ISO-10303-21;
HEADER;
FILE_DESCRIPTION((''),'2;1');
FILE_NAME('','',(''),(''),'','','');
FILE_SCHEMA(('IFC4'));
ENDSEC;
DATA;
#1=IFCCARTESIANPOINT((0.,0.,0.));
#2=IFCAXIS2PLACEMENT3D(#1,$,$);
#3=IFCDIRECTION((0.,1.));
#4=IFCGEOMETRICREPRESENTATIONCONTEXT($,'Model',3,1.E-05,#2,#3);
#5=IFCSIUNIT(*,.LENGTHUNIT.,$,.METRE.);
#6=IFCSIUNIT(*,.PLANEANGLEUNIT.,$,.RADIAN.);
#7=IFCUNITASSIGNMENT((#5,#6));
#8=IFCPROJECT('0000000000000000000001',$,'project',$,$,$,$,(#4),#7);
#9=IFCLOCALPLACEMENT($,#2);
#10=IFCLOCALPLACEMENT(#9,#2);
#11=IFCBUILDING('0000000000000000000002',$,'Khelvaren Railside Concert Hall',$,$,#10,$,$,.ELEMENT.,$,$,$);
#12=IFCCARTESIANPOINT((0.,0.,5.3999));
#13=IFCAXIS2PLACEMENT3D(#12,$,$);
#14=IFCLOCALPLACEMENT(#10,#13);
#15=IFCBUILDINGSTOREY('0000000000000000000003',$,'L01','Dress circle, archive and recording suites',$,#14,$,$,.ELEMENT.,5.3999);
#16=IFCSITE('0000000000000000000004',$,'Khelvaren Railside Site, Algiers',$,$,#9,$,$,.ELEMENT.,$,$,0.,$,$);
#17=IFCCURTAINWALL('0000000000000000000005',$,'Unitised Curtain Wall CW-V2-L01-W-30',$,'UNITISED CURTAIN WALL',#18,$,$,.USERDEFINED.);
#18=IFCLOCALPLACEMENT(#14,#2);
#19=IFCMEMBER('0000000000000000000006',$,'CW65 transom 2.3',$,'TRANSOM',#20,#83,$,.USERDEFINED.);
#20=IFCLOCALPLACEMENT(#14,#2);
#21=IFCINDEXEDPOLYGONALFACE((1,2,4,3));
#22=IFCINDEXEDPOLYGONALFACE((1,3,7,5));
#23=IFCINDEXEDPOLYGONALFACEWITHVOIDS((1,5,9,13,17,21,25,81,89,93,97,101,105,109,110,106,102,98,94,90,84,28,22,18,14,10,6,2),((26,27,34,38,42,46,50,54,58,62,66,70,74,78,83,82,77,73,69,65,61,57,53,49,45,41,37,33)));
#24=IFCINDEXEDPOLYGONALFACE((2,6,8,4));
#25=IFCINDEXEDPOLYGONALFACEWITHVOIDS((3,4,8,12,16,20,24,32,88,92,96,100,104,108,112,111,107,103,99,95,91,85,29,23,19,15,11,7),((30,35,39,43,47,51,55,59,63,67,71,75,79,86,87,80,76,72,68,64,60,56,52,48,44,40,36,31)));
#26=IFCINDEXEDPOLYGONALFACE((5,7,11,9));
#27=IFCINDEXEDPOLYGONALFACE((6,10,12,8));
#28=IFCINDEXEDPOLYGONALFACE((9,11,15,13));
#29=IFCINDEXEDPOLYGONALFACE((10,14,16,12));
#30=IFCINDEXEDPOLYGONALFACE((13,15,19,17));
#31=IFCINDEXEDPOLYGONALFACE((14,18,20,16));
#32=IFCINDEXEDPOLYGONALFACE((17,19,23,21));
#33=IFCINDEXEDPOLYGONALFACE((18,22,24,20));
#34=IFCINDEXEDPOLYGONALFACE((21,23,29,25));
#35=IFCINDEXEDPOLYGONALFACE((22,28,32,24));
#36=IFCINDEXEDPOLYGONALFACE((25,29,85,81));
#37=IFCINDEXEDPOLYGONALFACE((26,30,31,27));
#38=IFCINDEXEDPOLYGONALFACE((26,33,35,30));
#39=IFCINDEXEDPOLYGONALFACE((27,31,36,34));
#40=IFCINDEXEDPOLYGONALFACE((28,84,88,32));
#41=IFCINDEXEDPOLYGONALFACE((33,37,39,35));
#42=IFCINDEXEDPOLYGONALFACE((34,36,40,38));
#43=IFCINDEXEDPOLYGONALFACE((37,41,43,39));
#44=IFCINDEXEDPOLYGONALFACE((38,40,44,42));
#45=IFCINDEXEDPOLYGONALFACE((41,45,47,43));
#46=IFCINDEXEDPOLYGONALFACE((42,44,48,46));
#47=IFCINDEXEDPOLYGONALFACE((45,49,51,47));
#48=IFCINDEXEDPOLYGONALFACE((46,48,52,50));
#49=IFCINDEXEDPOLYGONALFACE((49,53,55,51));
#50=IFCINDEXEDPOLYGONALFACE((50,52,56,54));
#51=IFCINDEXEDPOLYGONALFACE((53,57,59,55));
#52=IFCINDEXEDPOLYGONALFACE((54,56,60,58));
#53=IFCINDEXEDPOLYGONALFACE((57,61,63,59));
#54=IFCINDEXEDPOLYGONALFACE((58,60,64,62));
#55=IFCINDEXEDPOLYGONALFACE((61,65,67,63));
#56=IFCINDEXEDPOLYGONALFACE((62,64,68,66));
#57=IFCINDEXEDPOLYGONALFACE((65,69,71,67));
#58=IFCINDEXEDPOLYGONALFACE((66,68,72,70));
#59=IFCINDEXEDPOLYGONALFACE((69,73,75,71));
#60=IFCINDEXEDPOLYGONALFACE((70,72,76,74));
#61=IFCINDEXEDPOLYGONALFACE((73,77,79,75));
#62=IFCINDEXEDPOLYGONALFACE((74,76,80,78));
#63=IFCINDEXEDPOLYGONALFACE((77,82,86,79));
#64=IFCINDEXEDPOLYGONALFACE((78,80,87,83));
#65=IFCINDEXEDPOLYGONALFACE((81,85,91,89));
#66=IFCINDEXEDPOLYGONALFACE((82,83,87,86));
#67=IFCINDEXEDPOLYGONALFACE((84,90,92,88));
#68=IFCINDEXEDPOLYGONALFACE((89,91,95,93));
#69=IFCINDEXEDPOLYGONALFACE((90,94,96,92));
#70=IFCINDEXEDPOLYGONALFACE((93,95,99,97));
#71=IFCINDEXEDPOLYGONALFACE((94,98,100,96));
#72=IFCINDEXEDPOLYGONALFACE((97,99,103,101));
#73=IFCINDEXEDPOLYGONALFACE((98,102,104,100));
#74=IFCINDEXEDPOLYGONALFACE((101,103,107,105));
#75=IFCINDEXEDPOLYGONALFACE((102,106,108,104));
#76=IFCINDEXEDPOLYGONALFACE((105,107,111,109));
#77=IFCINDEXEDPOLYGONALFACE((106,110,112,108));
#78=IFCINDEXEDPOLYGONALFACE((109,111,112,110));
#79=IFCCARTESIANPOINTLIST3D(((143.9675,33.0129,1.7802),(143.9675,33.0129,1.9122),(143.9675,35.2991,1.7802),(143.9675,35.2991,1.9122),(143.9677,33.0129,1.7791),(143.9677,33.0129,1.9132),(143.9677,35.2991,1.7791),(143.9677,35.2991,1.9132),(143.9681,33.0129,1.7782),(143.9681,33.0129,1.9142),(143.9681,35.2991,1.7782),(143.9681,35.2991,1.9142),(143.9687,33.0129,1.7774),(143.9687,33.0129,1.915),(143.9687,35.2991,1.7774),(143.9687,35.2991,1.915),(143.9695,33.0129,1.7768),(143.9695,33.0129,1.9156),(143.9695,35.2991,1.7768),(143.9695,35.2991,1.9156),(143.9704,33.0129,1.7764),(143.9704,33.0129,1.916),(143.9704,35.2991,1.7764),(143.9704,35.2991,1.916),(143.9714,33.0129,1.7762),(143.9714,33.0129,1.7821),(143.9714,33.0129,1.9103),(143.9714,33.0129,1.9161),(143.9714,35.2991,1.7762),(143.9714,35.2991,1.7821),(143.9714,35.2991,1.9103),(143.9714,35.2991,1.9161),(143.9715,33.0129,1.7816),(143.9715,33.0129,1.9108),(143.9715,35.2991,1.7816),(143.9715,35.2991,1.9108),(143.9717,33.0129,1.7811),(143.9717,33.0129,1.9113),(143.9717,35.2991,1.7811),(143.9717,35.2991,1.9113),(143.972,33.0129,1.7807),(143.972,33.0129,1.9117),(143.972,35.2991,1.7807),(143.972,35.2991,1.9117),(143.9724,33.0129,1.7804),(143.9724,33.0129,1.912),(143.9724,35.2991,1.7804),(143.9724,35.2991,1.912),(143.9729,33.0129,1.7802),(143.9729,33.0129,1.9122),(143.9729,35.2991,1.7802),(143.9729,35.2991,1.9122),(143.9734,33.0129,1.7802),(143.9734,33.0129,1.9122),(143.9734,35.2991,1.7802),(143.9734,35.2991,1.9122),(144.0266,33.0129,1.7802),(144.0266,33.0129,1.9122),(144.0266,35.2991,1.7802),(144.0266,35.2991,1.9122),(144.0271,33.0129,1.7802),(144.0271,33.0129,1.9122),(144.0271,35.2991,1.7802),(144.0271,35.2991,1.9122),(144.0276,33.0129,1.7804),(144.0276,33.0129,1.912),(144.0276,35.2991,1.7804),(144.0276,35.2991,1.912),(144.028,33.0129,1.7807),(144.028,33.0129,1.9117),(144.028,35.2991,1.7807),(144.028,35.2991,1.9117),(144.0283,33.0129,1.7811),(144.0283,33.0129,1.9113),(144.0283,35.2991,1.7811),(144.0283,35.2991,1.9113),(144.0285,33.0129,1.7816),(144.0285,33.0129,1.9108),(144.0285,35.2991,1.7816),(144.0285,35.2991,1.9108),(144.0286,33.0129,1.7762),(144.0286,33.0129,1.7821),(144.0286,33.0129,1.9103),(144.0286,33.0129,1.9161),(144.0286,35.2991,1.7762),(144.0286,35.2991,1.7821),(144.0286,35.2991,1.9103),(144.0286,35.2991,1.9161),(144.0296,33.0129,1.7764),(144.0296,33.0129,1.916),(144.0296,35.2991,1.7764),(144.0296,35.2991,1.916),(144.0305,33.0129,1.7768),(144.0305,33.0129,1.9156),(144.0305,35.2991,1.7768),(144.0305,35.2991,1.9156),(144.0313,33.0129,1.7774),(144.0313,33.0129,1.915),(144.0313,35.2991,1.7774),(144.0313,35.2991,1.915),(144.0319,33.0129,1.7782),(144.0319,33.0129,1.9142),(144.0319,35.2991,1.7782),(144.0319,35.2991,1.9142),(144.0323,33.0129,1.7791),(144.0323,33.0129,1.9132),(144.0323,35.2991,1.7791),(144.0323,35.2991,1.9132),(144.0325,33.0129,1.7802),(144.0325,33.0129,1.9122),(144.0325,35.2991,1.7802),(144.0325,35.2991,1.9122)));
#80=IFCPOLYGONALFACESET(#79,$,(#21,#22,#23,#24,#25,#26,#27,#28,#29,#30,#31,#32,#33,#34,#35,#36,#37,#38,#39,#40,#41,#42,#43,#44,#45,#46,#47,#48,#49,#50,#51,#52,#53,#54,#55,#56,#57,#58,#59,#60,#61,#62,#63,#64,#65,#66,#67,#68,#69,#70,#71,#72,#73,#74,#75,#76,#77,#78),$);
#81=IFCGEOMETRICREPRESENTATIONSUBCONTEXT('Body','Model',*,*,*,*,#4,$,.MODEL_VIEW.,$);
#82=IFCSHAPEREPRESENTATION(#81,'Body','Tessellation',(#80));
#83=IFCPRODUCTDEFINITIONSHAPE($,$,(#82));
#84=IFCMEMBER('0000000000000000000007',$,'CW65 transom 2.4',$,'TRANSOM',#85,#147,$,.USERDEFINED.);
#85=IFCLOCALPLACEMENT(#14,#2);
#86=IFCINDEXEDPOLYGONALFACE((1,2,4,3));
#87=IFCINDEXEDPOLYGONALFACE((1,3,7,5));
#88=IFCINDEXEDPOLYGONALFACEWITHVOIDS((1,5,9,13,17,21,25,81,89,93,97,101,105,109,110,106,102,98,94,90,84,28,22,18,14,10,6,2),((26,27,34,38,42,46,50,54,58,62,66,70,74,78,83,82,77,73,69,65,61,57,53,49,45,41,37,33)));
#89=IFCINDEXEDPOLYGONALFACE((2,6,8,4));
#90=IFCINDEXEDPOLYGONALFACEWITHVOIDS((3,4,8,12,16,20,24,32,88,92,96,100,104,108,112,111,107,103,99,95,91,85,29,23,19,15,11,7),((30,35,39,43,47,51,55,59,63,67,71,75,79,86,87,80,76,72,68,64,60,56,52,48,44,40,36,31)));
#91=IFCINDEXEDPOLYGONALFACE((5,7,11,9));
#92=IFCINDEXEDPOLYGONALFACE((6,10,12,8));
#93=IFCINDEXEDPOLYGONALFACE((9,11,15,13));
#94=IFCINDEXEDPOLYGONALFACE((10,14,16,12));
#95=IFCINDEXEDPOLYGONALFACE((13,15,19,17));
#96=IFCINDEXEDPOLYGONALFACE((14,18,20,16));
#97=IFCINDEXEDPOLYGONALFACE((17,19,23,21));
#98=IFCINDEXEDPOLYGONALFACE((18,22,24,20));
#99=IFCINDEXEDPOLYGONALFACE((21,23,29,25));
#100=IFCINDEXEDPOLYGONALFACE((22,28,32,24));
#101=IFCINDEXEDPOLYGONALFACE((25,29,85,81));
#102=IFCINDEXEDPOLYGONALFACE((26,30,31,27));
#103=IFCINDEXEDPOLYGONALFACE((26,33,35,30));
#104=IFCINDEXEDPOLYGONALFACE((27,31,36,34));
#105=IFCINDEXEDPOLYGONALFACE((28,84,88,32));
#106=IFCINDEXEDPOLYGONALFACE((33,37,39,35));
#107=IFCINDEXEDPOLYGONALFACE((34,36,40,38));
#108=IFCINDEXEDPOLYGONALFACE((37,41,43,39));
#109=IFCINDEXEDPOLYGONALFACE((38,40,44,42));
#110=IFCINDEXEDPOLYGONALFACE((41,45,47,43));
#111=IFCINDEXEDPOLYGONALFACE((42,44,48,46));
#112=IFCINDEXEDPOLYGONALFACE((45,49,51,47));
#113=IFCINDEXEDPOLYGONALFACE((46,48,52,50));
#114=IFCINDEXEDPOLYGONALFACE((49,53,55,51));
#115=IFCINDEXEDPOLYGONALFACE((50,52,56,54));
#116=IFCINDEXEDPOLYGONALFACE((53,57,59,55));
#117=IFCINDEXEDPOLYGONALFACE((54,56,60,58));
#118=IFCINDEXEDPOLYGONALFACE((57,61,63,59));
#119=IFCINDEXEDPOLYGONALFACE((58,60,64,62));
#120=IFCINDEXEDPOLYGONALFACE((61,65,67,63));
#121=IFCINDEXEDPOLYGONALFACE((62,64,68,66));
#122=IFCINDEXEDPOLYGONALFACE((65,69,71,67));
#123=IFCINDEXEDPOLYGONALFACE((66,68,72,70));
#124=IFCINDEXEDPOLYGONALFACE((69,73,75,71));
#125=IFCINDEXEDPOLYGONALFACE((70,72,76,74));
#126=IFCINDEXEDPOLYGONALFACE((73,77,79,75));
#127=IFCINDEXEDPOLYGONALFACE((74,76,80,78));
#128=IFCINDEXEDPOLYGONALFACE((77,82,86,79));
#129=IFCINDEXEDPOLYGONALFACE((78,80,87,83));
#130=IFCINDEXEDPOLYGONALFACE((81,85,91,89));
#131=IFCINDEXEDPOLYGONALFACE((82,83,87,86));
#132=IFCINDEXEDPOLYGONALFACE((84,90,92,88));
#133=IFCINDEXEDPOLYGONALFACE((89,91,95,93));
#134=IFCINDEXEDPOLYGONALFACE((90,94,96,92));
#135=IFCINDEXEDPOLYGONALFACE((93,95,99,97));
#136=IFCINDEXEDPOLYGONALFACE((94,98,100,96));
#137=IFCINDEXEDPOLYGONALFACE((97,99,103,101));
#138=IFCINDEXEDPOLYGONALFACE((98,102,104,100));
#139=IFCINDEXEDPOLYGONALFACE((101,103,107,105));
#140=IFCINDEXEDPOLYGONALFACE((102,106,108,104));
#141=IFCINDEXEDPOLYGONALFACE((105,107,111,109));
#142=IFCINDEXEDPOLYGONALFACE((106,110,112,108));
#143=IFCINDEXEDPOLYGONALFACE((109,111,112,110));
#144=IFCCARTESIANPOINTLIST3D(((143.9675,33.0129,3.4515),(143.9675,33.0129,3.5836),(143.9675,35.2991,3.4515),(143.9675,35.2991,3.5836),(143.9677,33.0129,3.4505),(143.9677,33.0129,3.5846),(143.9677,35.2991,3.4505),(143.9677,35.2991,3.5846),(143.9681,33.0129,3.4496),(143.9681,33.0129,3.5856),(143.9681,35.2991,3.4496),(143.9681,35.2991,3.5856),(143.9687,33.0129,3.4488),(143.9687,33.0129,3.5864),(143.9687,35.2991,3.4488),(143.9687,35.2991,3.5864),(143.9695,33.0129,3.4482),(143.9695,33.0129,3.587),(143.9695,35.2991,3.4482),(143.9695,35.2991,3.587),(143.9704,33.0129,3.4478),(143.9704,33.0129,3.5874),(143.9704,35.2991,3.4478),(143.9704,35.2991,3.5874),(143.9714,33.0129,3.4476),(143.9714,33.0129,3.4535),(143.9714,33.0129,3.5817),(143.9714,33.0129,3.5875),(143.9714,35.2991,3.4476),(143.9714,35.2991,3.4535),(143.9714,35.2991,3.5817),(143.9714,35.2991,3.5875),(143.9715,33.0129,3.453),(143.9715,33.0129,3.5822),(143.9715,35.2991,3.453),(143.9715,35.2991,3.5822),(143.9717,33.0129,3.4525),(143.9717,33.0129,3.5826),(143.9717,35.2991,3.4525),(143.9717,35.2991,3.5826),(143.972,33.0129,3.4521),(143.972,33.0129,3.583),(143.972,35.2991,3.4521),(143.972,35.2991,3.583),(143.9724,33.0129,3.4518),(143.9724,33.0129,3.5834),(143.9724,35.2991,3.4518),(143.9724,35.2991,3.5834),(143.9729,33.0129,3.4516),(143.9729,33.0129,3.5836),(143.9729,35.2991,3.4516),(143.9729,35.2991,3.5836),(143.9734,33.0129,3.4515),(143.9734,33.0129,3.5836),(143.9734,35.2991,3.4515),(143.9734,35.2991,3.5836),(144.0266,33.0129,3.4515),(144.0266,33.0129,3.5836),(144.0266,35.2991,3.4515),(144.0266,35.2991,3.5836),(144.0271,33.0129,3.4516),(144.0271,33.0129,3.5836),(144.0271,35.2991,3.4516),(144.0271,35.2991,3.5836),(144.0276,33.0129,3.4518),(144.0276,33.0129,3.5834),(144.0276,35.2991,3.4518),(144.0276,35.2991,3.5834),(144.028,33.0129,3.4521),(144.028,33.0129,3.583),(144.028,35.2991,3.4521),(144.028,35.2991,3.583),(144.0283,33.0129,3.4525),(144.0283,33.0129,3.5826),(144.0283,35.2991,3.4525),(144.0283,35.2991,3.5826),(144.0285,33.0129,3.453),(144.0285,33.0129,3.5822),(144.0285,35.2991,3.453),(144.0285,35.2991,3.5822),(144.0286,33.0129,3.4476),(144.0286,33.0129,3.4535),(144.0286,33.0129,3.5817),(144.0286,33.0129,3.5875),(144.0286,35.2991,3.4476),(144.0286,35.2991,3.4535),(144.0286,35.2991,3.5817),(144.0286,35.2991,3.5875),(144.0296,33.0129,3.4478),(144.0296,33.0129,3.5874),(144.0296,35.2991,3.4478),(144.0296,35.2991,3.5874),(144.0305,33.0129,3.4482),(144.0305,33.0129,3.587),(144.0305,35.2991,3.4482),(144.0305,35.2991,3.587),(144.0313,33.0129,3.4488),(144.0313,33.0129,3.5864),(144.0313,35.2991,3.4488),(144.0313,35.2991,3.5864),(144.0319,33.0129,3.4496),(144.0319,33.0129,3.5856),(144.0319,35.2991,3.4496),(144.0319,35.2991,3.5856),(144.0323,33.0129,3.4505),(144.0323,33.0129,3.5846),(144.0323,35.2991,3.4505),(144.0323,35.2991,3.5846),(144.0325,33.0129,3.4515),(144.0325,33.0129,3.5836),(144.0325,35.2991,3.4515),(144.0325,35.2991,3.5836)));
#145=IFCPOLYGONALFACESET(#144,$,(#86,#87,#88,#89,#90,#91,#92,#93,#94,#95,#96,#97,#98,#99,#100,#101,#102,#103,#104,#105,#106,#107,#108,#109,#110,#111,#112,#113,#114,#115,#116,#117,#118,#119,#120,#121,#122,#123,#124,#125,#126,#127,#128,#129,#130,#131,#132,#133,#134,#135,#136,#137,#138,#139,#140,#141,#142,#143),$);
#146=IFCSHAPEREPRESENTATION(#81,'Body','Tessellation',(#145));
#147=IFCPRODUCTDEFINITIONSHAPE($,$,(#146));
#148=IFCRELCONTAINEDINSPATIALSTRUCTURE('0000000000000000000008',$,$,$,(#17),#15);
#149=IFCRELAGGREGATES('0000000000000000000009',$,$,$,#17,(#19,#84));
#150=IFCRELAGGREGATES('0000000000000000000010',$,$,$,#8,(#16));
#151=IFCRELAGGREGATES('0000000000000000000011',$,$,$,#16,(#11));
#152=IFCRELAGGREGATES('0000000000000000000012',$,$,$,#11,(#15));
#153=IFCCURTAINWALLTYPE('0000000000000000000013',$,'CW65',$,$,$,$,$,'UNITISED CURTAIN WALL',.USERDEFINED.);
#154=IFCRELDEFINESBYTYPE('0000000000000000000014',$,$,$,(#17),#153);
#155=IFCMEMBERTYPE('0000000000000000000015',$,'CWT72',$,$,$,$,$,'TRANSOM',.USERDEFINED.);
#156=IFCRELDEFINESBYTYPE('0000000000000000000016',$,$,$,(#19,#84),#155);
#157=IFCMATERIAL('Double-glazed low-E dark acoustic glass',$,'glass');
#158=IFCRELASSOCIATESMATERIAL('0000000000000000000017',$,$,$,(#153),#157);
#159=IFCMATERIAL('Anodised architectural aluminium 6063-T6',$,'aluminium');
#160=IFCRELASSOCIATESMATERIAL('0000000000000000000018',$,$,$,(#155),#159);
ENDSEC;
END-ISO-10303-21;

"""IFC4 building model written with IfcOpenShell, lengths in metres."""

from ifc_helpers import new_model, si_unit, direction, frame, origin, origin_2d, place, context, subcontext, project, spatial, hollow_rectangle, extrude, material, material_profile, profile_set, type_object, element, aggregate, save


model = new_model("IFC4")

# Units and contexts
model_context = context("Model", 3, precision=1e-05, world=origin(), true_north=direction((0.0, 1.0)))
body_context = subcontext(model_context, "Body", "Model", "MODEL_VIEW")
ifc_project = project(units=[si_unit("LENGTHUNIT", "METRE"), si_unit("PLANEANGLEUNIT", "RADIAN")], contexts=[model_context])

# Site, building, storey
site_placement = place(None, origin())
site = spatial("IfcSite", under=ifc_project, at=site_placement, Name="Khelvaren Railside Site, Algiers", CompositionType="ELEMENT", RefElevation=0.0)
building_placement = place(site_placement, origin())
building = spatial("IfcBuilding", under=site, at=building_placement, Name="Khelvaren Railside Concert Hall", CompositionType="ELEMENT")
storey_placement = place(building_placement, frame((0.0, 0.0, 5.3999)))
storey = spatial("IfcBuildingStorey", under=building, at=storey_placement, Name="L01", Description="Dress circle, archive and recording suites", CompositionType="ELEMENT", Elevation=5.3999)

# Shared definitions
ifc_material_1 = material(Name="Anodised architectural aluminium 6063-T6", Category="aluminium")

# Curtain wall, members
ifc_material_2 = material(Name="Double-glazed low-E dark acoustic glass", Category="glass")
curtain_wall_type_1 = type_object("IfcCurtainWallType", Name="CW65", ElementType="UNITISED CURTAIN WALL", PredefinedType="USERDEFINED", material=ifc_material_2)
curtain_wall_1_placement = place(storey_placement, origin())
curtain_wall_1 = element("IfcCurtainWall", 1, at=curtain_wall_1_placement, inside=storey, type_object=curtain_wall_type_1, Name="Unitised Curtain Wall CW-V2-L01-W-30", ObjectType="UNITISED CURTAIN WALL", PredefinedType="USERDEFINED")
ifc_material_profile_1 = material_profile(ifc_material_1, hollow_rectangle(XDim=0.0649, YDim=0.1399, WallThickness=0.0039, InnerFilletRadius=0.002, OuterFilletRadius=0.0039, at=origin_2d()), Name="CWT 65x140x4")
ifc_profile_set_1 = profile_set([ifc_material_profile_1], Name="Anodised architectural aluminium 6063-T6")
member_type_1 = type_object("IfcMemberType", Name="CWT72", ElementType="TRANSOM", PredefinedType="USERDEFINED", material=ifc_profile_set_1)
member_1_placement = place(storey_placement, frame((144.0, 33.0129, 1.8462), z_axis=(0.0, 1.0, 0.0), x_axis=(-1.0, 0.0, 0.0)))
member_1 = element("IfcMember", 2, at=member_1_placement, type_object=member_type_1, Name="CW65 transom 2.3", ObjectType="TRANSOM", PredefinedType="USERDEFINED", context=body_context, shape_type="SweptSolid", body=[
    extrude(hollow_rectangle(XDim=0.0649, YDim=0.1399, WallThickness=0.0039, InnerFilletRadius=0.002, OuterFilletRadius=0.0039, at=origin_2d()), origin(), (0.0, 0.0, 1.0), 2.2861),
])
member_2_placement = place(storey_placement, frame((144.0, 33.0129, 3.5176), z_axis=(0.0, 1.0, 0.0), x_axis=(-1.0, 0.0, 0.0)))
member_2 = element("IfcMember", 3, at=member_2_placement, type_object=member_type_1, Name="CW65 transom 2.4", ObjectType="TRANSOM", PredefinedType="USERDEFINED", context=body_context, shape_type="SweptSolid", body=[
    extrude(hollow_rectangle(XDim=0.0649, YDim=0.1399, WallThickness=0.0039, InnerFilletRadius=0.002, OuterFilletRadius=0.0039, at=origin_2d()), origin(), (0.0, 0.0, 1.0), 2.2861),
])

aggregate(curtain_wall_1, [member_1, member_2])

save(model, "model.ifc")
